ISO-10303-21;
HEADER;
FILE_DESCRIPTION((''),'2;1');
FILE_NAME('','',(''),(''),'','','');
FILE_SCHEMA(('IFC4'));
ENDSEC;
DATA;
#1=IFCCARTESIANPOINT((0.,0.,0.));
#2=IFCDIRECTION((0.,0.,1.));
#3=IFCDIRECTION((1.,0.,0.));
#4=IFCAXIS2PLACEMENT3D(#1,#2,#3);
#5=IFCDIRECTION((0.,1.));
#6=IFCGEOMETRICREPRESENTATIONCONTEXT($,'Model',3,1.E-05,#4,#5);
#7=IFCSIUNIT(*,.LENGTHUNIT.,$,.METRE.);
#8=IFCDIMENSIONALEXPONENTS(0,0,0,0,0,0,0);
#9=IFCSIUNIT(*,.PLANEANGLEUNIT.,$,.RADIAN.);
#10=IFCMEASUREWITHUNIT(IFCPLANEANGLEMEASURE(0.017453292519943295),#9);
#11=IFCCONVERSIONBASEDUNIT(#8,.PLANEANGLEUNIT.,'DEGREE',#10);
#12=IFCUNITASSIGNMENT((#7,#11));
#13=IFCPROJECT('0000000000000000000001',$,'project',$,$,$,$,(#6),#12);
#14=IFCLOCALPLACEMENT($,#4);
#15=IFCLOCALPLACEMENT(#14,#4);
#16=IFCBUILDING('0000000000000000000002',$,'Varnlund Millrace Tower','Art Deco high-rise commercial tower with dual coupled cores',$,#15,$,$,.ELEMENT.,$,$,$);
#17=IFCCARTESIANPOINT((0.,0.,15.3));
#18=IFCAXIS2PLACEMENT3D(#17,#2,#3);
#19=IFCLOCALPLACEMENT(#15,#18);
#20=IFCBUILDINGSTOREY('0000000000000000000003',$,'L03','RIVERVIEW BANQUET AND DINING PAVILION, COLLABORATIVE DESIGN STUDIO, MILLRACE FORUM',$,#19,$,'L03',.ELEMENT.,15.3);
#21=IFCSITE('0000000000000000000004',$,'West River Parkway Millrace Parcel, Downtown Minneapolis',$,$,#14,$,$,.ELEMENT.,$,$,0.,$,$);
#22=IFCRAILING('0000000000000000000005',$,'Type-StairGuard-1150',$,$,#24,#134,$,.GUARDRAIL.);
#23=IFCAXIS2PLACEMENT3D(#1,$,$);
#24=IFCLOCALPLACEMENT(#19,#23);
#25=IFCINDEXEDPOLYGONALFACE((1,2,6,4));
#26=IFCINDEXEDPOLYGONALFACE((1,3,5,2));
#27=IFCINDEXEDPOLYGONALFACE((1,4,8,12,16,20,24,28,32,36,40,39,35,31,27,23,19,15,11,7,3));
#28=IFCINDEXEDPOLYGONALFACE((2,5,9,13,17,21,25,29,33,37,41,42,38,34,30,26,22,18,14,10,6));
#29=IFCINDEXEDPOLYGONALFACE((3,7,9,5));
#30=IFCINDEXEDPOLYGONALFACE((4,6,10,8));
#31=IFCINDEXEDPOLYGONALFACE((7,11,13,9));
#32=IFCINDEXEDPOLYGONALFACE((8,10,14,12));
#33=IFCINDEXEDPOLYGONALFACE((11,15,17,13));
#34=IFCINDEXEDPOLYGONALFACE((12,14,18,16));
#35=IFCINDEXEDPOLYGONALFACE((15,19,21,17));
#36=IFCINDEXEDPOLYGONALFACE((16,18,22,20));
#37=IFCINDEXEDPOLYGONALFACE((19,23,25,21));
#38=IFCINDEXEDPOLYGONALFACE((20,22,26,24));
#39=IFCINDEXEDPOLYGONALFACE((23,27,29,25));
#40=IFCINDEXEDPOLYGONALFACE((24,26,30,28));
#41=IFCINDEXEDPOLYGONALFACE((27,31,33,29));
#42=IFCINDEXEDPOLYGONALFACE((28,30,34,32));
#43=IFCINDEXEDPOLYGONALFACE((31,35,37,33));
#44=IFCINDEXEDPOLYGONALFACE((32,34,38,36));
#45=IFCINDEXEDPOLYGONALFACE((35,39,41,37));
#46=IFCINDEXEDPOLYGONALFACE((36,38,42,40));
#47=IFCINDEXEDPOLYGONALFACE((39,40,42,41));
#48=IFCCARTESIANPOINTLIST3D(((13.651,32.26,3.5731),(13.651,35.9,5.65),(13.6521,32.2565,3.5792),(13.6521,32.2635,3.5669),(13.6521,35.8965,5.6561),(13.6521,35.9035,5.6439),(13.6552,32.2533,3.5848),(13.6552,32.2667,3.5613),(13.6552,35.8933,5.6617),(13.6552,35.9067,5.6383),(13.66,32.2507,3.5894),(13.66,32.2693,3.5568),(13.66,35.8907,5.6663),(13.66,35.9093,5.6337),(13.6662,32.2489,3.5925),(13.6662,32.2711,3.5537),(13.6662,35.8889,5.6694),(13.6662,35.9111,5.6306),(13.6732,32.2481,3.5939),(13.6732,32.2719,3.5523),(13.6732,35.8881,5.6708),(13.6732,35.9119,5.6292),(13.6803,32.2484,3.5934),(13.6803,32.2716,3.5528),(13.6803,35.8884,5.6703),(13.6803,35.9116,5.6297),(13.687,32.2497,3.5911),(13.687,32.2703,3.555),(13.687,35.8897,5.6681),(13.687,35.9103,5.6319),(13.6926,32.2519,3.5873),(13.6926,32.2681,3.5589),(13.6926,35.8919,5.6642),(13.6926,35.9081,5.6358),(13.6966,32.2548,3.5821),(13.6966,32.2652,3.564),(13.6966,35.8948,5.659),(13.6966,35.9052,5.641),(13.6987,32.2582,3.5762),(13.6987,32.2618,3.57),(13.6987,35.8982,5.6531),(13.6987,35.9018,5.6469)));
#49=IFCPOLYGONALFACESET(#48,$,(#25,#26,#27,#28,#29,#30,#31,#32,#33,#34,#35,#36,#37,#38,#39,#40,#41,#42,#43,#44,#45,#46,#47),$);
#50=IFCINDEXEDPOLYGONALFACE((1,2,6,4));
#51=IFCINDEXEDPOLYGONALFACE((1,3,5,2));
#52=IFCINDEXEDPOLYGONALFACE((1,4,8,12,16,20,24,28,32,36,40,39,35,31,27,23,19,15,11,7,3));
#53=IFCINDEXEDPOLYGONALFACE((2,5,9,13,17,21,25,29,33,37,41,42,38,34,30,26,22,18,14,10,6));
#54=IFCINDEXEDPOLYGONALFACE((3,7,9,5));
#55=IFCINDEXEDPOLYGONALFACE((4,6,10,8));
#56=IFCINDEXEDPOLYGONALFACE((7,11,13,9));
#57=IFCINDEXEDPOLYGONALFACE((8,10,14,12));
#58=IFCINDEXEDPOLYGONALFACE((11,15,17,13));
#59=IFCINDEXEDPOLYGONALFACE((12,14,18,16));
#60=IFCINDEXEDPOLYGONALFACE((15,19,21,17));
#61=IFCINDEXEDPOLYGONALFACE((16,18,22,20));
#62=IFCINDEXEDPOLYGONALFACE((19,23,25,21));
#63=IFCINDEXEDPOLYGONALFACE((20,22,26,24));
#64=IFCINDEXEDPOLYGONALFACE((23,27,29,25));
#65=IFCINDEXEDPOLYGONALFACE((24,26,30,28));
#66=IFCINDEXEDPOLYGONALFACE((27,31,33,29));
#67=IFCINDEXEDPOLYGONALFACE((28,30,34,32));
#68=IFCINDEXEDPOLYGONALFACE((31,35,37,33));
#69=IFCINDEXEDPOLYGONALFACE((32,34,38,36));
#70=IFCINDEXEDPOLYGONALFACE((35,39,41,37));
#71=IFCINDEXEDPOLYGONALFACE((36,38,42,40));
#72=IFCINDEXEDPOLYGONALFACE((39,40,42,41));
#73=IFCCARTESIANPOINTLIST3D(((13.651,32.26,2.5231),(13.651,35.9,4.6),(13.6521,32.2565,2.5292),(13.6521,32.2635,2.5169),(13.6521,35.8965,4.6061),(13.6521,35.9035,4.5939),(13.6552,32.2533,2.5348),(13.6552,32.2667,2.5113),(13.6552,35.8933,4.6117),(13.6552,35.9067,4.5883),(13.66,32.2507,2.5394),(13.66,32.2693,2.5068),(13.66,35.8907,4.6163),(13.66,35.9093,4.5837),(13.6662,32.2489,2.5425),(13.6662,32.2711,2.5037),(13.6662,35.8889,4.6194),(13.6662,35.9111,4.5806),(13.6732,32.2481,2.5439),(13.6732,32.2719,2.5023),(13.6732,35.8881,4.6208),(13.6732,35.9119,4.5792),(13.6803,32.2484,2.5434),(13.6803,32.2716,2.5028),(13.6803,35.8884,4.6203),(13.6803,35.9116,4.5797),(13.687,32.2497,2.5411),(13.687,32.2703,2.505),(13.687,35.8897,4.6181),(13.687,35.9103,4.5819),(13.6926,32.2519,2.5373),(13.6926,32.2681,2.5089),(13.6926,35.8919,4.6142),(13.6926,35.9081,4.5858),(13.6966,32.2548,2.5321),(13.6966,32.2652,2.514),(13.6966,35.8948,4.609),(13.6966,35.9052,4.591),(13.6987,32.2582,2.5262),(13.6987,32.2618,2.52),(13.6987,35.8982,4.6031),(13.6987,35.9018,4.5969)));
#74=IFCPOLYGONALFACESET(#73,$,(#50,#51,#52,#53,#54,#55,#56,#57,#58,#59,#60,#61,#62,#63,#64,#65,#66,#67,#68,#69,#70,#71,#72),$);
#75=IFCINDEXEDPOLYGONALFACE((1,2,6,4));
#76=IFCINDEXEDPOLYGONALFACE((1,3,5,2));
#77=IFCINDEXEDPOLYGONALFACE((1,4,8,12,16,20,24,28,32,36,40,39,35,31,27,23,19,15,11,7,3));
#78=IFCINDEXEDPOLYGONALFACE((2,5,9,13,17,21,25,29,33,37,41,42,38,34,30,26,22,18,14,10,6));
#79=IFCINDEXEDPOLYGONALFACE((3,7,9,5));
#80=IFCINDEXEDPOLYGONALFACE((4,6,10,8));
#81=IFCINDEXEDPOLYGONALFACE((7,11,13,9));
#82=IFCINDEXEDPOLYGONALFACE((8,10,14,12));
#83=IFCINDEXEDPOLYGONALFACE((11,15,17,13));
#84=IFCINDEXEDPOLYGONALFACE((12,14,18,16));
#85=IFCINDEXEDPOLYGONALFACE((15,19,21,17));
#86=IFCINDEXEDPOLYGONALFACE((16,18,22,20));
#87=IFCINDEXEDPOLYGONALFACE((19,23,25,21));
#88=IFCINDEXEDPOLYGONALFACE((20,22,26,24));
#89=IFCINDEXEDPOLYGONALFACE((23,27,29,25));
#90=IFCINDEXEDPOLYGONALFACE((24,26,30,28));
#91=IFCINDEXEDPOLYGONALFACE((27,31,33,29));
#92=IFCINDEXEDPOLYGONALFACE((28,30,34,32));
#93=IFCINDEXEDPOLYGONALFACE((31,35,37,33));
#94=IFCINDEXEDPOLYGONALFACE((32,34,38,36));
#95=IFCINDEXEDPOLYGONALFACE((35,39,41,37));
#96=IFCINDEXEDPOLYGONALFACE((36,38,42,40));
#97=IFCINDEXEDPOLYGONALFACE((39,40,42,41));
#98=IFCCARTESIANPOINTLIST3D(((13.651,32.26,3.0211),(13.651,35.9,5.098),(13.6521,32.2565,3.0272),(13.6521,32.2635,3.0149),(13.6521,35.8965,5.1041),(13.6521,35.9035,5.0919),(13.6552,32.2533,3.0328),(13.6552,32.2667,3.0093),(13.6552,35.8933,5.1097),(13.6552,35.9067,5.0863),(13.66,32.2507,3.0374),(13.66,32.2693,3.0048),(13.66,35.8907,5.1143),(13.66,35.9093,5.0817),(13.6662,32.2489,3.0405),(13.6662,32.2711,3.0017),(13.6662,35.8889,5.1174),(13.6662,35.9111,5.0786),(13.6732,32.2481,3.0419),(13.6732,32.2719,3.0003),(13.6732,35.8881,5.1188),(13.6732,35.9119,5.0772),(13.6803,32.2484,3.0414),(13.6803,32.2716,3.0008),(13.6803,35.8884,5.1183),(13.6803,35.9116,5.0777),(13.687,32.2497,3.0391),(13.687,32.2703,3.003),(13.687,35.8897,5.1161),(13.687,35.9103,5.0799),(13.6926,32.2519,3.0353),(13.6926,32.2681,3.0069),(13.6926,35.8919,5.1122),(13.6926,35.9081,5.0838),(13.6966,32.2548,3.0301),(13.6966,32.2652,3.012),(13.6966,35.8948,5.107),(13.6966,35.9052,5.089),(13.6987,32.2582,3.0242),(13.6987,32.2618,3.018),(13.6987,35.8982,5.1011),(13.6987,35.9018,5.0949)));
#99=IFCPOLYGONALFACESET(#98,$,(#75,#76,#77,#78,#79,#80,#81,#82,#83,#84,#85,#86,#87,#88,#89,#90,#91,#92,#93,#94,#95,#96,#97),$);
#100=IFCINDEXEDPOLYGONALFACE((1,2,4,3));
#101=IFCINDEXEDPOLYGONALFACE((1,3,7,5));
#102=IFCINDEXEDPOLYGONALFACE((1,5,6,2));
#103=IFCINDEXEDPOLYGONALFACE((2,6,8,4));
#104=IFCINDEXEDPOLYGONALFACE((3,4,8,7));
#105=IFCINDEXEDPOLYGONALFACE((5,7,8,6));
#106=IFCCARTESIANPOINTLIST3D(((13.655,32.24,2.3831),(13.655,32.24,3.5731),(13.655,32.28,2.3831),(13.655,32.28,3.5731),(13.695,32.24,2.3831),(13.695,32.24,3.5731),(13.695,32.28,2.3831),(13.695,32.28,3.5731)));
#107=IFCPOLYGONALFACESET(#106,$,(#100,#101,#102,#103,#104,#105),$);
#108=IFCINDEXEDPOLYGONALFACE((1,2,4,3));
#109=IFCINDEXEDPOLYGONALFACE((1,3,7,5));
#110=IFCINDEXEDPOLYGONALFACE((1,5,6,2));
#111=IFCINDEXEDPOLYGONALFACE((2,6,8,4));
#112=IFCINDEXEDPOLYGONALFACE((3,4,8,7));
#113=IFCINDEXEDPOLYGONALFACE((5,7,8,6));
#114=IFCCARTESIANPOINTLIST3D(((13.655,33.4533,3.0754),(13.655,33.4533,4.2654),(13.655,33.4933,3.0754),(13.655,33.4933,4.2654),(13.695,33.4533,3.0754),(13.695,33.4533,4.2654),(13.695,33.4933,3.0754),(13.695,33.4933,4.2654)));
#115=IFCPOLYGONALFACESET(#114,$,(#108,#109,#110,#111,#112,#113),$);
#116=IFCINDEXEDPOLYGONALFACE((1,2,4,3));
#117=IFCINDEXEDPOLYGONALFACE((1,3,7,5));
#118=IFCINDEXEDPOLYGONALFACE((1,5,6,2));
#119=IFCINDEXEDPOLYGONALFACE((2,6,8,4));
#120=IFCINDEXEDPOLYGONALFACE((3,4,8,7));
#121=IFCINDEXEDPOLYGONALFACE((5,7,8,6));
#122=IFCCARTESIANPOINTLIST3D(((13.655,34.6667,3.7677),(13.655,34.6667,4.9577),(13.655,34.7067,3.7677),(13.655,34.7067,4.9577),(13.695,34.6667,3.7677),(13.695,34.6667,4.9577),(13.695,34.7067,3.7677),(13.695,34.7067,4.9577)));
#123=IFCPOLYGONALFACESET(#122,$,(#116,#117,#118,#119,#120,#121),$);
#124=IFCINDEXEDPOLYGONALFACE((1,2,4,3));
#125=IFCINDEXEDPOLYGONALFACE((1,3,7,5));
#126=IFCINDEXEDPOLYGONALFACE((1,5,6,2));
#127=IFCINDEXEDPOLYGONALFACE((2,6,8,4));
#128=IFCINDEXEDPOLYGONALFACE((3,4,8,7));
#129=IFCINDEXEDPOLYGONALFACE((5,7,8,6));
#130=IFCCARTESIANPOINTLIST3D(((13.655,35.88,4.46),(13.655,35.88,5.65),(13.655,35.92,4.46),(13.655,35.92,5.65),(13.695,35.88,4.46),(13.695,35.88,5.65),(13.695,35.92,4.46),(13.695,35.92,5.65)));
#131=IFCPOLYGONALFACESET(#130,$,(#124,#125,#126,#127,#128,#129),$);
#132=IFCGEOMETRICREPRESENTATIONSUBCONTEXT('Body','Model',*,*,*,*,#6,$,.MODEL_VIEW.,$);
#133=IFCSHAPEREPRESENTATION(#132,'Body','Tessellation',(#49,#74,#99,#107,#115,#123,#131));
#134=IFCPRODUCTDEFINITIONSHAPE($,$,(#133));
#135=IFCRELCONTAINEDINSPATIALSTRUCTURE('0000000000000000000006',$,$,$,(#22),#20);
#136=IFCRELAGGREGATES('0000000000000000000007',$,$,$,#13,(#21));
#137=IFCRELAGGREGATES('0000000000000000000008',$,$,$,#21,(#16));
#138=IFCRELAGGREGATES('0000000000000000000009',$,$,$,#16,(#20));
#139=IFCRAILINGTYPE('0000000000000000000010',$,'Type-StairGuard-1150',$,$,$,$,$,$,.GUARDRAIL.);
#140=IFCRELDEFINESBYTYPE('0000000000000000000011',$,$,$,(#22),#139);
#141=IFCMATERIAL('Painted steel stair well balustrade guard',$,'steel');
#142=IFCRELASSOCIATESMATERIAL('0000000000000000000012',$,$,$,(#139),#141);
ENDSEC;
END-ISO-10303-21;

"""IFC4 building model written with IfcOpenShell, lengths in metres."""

from ifc_helpers import new_model, entity, si_unit, converted_unit, direction, frame, origin_with_axes, origin_2d_with_axis, place, context, subcontext, project, spatial, rectangle, circle, extrude, material, type_object, element, save


model = new_model("IFC4")

# Units and contexts
model_context = context("Model", 3, precision=1e-05, world=origin_with_axes(), true_north=direction((0.0, 1.0)))
body_context = subcontext(model_context, "Body", "Model", "MODEL_VIEW")
ifc_project = project(units=[si_unit("LENGTHUNIT", "METRE"), converted_unit("PLANEANGLEUNIT", "DEGREE", entity("IfcPlaneAngleMeasure", 0.017453292519943295), si_unit("PLANEANGLEUNIT", "RADIAN"), dimensions=[0, 0, 0, 0, 0, 0, 0])], contexts=[model_context])

# Site, building, storey
site_placement = place(None, origin_with_axes())
site = spatial("IfcSite", under=ifc_project, at=site_placement, Name="West River Parkway Millrace Parcel, Downtown Minneapolis", CompositionType="ELEMENT", RefElevation=0.0)
building_placement = place(site_placement, origin_with_axes())
building = spatial("IfcBuilding", under=site, at=building_placement, Name="Varnlund Millrace Tower", Description="Art Deco high-rise commercial tower with dual coupled cores", CompositionType="ELEMENT")
storey_placement = place(building_placement, frame((0.0, 0.0, 15.3), z_axis=(0.0, 0.0, 1.0), x_axis=(1.0, 0.0, 0.0)))
storey = spatial("IfcBuildingStorey", under=building, at=storey_placement, Name="L03", Description="RIVERVIEW BANQUET AND DINING PAVILION, COLLABORATIVE DESIGN STUDIO, MILLRACE FORUM", LongName="L03", CompositionType="ELEMENT", Elevation=15.3)

# Railing
ifc_material_1 = material(Name="Painted steel stair well balustrade guard", Category="steel")
railing_type_1 = type_object("IfcRailingType", Name="Type-StairGuard-1150", PredefinedType="GUARDRAIL", material=ifc_material_1)
railing_1_placement = place(storey_placement, frame((0.0, 0.0, -15.3), z_axis=(0.0, 0.0, 1.0), x_axis=(1.0, 0.0, 0.0)))
element("IfcRailing", 1, at=railing_1_placement, inside=storey, type_object=railing_type_1, Name="Type-StairGuard-1150", PredefinedType="GUARDRAIL", context=body_context, shape_type="SweptSolid", body=[
    extrude(circle(Radius=0.024, at=origin_2d_with_axis()), frame((13.675, 32.26, 18.8731), z_axis=(0.0, 0.868559, 0.495585), x_axis=(-1.0, 0.0, 0.0)), (0.0, 0.0, 1.0), 4.1908),
    extrude(circle(Radius=0.024, at=origin_2d_with_axis()), frame((13.675, 32.26, 17.8231), z_axis=(0.0, 0.868559, 0.495585), x_axis=(-1.0, 0.0, 0.0)), (0.0, 0.0, 1.0), 4.1908),
    extrude(circle(Radius=0.024, at=origin_2d_with_axis()), frame((13.675, 32.26, 18.3211), z_axis=(0.0, 0.868559, 0.495585), x_axis=(-1.0, 0.0, 0.0)), (0.0, 0.0, 1.0), 4.1908),
    extrude(rectangle(XDim=0.04, YDim=0.04, at=origin_2d_with_axis()), frame((13.675, 32.26, 17.6831), z_axis=(0.0, 0.0, 1.0), x_axis=(1.0, 0.0, 0.0)), (0.0, 0.0, 1.0), 1.19),
    extrude(rectangle(XDim=0.04, YDim=0.04, at=origin_2d_with_axis()), frame((13.675, 33.4733, 18.3754), z_axis=(0.0, 0.0, 1.0), x_axis=(1.0, 0.0, 0.0)), (0.0, 0.0, 1.0), 1.19),
    extrude(rectangle(XDim=0.04, YDim=0.04, at=origin_2d_with_axis()), frame((13.675, 34.6867, 19.0677), z_axis=(0.0, 0.0, 1.0), x_axis=(1.0, 0.0, 0.0)), (0.0, 0.0, 1.0), 1.19),
    extrude(rectangle(XDim=0.04, YDim=0.04, at=origin_2d_with_axis()), frame((13.675, 35.9, 19.76), z_axis=(0.0, 0.0, 1.0), x_axis=(1.0, 0.0, 0.0)), (0.0, 0.0, 1.0), 1.19),
])

save(model, "model.ifc")
